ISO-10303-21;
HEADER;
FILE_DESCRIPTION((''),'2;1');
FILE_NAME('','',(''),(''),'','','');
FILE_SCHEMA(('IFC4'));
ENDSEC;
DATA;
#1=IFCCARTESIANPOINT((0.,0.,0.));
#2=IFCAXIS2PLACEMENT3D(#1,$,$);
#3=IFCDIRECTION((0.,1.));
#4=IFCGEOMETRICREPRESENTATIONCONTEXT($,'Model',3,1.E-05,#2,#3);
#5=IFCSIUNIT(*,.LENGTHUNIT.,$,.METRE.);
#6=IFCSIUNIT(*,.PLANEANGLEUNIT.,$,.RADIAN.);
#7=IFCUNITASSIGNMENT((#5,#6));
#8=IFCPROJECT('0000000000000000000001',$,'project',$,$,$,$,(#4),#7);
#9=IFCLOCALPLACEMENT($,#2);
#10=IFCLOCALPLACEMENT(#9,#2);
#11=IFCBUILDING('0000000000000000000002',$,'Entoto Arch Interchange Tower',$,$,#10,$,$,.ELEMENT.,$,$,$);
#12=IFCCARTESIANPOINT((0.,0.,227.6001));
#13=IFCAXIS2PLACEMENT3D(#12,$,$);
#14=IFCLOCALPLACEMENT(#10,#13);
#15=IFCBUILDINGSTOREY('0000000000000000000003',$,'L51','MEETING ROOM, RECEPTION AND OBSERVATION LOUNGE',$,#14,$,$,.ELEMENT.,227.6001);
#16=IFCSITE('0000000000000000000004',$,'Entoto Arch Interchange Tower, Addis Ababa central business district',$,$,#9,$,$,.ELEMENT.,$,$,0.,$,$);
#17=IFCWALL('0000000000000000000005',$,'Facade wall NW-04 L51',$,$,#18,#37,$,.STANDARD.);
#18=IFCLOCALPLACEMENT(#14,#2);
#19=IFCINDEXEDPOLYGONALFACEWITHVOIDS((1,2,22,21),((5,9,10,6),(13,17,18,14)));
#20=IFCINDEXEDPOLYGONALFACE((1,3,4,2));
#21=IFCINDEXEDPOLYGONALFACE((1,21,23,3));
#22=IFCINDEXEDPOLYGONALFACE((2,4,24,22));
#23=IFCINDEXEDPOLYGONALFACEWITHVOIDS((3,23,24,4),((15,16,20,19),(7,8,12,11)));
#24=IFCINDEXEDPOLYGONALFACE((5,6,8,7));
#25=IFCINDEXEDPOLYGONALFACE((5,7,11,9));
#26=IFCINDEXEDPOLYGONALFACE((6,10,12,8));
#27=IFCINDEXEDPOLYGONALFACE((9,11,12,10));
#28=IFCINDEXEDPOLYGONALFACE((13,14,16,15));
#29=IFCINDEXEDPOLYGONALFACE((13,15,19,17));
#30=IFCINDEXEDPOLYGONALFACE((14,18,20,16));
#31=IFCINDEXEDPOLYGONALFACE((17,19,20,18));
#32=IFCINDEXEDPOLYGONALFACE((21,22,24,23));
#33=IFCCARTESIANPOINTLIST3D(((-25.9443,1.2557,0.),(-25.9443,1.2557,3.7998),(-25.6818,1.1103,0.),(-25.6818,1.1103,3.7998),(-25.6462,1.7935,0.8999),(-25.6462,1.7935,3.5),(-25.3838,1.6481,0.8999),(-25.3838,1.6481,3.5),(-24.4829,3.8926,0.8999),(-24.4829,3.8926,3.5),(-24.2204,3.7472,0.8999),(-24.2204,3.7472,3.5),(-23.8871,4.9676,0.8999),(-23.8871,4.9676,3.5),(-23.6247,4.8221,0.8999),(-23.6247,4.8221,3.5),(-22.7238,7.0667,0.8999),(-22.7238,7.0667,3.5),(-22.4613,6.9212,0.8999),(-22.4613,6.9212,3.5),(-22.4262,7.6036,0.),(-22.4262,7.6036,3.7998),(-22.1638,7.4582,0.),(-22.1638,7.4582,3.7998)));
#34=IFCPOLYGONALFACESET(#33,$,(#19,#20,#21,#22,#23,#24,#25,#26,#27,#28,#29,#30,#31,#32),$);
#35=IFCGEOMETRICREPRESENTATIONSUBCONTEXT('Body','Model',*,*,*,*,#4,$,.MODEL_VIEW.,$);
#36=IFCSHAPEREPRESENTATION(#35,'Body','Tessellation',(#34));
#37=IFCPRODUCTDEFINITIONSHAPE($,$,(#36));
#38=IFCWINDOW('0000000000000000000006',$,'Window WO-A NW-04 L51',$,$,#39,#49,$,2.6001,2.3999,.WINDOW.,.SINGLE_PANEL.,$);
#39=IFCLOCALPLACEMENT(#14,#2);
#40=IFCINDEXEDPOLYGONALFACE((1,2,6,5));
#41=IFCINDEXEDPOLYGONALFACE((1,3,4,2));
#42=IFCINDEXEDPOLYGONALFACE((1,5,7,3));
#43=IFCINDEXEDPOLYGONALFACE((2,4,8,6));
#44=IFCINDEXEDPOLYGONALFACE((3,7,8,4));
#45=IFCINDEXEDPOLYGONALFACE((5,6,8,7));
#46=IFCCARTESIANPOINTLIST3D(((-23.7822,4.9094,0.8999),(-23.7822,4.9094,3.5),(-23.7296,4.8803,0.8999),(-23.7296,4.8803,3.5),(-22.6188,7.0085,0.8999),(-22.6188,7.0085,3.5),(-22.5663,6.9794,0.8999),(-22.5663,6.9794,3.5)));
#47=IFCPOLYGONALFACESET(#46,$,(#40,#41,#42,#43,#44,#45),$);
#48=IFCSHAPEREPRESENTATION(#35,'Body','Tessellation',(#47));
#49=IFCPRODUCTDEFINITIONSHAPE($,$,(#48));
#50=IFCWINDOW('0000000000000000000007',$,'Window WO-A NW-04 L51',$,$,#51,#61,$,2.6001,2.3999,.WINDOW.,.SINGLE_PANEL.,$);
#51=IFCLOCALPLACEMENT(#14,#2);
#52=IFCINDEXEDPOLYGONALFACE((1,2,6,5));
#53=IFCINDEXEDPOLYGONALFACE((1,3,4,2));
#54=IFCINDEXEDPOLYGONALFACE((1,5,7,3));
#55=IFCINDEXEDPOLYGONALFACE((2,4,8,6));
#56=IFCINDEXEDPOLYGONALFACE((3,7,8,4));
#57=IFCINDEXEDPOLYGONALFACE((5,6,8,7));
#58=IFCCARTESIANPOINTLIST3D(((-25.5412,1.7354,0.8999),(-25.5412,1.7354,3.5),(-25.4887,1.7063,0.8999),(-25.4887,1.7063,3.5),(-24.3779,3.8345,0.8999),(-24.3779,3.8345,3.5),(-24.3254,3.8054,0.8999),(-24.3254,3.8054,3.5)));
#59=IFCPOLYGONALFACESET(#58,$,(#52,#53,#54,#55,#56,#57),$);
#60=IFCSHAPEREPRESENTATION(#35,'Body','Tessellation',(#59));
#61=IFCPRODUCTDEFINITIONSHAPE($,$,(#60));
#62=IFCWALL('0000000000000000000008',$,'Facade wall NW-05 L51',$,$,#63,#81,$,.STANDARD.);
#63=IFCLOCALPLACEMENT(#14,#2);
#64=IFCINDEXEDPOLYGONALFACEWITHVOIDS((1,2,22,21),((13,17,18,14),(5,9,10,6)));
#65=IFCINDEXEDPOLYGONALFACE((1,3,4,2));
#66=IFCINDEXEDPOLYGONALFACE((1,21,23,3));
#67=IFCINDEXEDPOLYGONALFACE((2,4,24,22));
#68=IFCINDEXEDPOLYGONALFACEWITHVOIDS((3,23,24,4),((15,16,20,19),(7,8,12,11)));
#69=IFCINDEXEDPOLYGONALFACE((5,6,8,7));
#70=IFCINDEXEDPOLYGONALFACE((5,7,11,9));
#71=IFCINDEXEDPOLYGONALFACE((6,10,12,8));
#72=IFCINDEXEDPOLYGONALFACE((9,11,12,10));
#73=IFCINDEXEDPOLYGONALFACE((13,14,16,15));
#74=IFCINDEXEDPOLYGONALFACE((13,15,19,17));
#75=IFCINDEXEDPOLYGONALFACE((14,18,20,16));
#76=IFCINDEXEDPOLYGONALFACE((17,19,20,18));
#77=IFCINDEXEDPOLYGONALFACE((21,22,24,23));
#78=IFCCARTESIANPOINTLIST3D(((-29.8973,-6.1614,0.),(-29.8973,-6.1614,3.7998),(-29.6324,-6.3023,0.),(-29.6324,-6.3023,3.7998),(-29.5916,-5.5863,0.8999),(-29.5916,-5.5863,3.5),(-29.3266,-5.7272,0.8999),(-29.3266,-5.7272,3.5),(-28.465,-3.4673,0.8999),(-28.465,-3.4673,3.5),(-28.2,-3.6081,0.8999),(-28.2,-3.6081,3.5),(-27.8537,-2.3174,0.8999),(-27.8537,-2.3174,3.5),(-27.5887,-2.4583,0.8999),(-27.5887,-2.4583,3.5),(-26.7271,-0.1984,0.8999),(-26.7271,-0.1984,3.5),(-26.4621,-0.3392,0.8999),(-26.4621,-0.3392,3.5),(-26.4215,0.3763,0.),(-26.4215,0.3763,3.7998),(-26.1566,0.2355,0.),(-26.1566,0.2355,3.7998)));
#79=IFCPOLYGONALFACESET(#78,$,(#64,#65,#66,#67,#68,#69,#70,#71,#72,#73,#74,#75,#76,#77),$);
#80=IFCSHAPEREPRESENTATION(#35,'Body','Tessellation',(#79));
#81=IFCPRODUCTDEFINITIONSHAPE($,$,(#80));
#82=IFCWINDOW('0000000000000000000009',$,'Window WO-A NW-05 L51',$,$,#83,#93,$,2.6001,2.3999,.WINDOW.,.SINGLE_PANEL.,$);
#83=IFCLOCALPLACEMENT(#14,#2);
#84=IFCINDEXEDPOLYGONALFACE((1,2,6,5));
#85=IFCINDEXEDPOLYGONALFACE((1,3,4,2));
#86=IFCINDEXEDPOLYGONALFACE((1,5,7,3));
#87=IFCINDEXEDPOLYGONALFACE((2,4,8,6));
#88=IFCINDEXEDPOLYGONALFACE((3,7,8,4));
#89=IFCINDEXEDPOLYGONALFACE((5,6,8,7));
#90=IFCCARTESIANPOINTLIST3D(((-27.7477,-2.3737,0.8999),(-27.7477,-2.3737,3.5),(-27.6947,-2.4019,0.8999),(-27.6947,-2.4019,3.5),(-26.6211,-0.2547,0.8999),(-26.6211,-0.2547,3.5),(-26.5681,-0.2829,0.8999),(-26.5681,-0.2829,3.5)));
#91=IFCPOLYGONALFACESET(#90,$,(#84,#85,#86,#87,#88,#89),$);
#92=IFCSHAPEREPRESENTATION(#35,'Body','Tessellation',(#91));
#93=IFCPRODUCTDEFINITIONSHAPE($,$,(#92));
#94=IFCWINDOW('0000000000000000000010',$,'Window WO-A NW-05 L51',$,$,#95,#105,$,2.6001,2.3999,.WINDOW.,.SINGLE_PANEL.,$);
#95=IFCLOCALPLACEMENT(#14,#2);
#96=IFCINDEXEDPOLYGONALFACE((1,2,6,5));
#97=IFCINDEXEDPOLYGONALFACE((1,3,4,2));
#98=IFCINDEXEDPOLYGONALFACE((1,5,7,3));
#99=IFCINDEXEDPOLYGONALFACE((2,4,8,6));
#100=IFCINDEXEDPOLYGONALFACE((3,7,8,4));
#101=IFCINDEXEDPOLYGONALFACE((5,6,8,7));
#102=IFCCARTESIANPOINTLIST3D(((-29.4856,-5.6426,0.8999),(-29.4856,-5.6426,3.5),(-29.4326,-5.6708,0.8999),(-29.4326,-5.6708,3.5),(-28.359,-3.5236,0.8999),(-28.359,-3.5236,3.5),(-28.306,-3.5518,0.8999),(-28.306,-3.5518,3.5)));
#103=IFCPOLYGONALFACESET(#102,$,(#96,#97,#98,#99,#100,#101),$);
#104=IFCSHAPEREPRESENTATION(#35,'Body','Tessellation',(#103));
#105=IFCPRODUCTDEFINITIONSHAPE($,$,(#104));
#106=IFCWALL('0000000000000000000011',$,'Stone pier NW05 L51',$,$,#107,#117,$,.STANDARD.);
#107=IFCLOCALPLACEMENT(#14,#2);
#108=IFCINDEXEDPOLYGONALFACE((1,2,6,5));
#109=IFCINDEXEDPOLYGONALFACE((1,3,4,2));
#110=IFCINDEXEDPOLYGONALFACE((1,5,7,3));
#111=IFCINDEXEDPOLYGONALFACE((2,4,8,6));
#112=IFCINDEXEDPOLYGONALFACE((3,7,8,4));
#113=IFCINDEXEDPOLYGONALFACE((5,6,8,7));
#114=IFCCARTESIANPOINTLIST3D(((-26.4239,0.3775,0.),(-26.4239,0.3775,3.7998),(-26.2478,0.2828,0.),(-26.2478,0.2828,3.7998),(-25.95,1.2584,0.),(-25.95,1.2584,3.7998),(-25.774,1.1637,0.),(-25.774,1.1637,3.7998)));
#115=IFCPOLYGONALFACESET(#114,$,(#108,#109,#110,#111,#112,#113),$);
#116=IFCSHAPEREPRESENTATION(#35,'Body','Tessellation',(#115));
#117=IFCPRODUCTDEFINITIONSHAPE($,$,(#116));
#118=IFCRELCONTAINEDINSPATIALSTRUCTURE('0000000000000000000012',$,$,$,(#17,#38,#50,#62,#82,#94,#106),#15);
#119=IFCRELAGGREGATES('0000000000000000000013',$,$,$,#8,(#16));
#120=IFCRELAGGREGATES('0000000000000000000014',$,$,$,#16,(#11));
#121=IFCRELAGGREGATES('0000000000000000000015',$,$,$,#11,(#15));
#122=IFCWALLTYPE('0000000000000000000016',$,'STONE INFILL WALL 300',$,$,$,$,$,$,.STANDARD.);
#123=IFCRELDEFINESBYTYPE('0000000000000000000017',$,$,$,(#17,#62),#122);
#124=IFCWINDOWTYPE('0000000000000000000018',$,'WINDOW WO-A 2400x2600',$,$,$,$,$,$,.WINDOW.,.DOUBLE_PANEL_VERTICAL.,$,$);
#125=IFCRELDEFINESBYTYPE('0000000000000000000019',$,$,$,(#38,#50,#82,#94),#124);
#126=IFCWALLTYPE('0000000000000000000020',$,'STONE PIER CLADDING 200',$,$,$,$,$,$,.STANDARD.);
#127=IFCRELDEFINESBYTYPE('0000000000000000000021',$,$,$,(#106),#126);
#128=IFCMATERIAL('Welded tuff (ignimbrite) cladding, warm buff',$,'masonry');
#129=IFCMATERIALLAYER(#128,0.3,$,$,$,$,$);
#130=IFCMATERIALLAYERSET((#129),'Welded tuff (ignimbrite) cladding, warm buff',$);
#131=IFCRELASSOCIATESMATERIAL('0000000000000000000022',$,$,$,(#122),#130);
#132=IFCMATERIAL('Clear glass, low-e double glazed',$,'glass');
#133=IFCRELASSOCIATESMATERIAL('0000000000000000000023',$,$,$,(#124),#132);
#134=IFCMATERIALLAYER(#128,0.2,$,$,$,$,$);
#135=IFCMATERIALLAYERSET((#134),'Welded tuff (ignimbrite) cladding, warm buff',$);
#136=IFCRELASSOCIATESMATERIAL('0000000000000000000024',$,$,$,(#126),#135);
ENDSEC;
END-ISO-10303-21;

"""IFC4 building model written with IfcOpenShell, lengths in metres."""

from ifc_helpers import new_model, si_unit, direction, frame, frame_2d, origin, place, context, subcontext, project, spatial, rectangle, extrude, material, layer, layer_set, type_object, element, fill, save


model = new_model("IFC4")

# Units and contexts
model_context = context("Model", 3, precision=1e-05, world=origin(), true_north=direction((0.0, 1.0)))
body_context = subcontext(model_context, "Body", "Model", "MODEL_VIEW")
ifc_project = project(units=[si_unit("LENGTHUNIT", "METRE"), si_unit("PLANEANGLEUNIT", "RADIAN")], contexts=[model_context])

# Site, building, storey
site_placement = place(None, origin())
site = spatial("IfcSite", under=ifc_project, at=site_placement, Name="Entoto Arch Interchange Tower, Addis Ababa central business district", CompositionType="ELEMENT", RefElevation=0.0)
building_placement = place(site_placement, origin())
building = spatial("IfcBuilding", under=site, at=building_placement, Name="Entoto Arch Interchange Tower", CompositionType="ELEMENT")
storey_placement = place(building_placement, frame((0.0, 0.0, 227.6001)))
storey = spatial("IfcBuildingStorey", under=building, at=storey_placement, Name="L51", Description="MEETING ROOM, RECEPTION AND OBSERVATION LOUNGE", CompositionType="ELEMENT", Elevation=227.6001)

# Walls, openings, windows
ifc_material_1 = material(Name="Welded tuff (ignimbrite) cladding, warm buff", Category="masonry")
ifc_layer_1 = layer(ifc_material_1, 0.3)
ifc_layer_set_1 = layer_set([ifc_layer_1], Name="Welded tuff (ignimbrite) cladding, warm buff")
wall_type_1 = type_object("IfcWallType", Name="STONE INFILL WALL 300", PredefinedType="STANDARD", material=ifc_layer_set_1)
wall_1_placement = place(storey_placement, frame((-22.2949, 7.531, 0.0), z_axis=(0.0, 0.0, 1.0), x_axis=(-0.484743, -0.874657, 0.0)))
wall_1 = element("IfcWall", 1, at=wall_1_placement, inside=storey, type_object=wall_type_1, Name="Facade wall NW-04 L51", PredefinedType="STANDARD", context=body_context, shape_type="SweptSolid", body=[
    extrude(rectangle(XDim=7.2576, YDim=0.3, at=frame_2d((3.6289, 0.0))), origin(), (0.0, 0.0, 1.0), 3.7998),
])
opening_1_placement = place(wall_1_placement, frame((0.614, 0.0, 0.8999)))
opening_1 = element("IfcOpeningElement", 2, at=opening_1_placement, cuts=wall_1, PredefinedType="OPENING", context=body_context, shape_type="SweptSolid", body=[
    extrude(rectangle(XDim=2.3999, YDim=2.6001, at=frame_2d((1.2, 1.3))), frame((0.0, 0.1602, 0.0), z_axis=(0.0, -1.0, 0.0), x_axis=(1.0, 0.0, 0.0)), (0.0, 0.0, 1.0), 0.3201),
])
opening_2_placement = place(wall_1_placement, frame((4.2429, 0.0, 0.8999)))
opening_2 = element("IfcOpeningElement", 3, at=opening_2_placement, cuts=wall_1, PredefinedType="OPENING", context=body_context, shape_type="SweptSolid", body=[
    extrude(rectangle(XDim=2.3999, YDim=2.6001, at=frame_2d((1.2, 1.3))), frame((0.0, 0.1602, 0.0), z_axis=(0.0, -1.0, 0.0), x_axis=(1.0, 0.0, 0.0)), (0.0, 0.0, 1.0), 0.3201),
])
ifc_material_2 = material(Name="Clear glass, low-e double glazed", Category="glass")
window_type = type_object("IfcWindowType", Name="WINDOW WO-A 2400x2600", PartitioningType="DOUBLE_PANEL_VERTICAL", PredefinedType="WINDOW", material=ifc_material_2)
window_1_placement = place(opening_1_placement, origin())
window_1 = element("IfcWindow", 4, at=window_1_placement, inside=storey, type_object=window_type, Name="Window WO-A NW-04 L51", OverallHeight=2.6001, OverallWidth=2.3999, PartitioningType="SINGLE_PANEL", PredefinedType="WINDOW", context=body_context, shape_type="SweptSolid", body=[
    extrude(rectangle(XDim=2.3999, YDim=2.6001, at=frame_2d((1.2, 1.3))), frame((0.0, 0.03, 0.0), z_axis=(0.0, -1.0, 0.0), x_axis=(1.0, 0.0, 0.0)), (0.0, 0.0, 1.0), 0.0601),
])
fill(opening_1, window_1)
window_2_placement = place(opening_2_placement, origin())
window_2 = element("IfcWindow", 5, at=window_2_placement, inside=storey, type_object=window_type, Name="Window WO-A NW-04 L51", OverallHeight=2.6001, OverallWidth=2.3999, PartitioningType="SINGLE_PANEL", PredefinedType="WINDOW", context=body_context, shape_type="SweptSolid", body=[
    extrude(rectangle(XDim=2.3999, YDim=2.6001, at=frame_2d((1.2, 1.3))), frame((0.0, 0.03, 0.0), z_axis=(0.0, -1.0, 0.0), x_axis=(1.0, 0.0, 0.0)), (0.0, 0.0, 1.0), 0.0601),
])
fill(opening_2, window_2)
wall_2_placement = place(storey_placement, frame((-26.2891, 0.3059, 0.0), z_axis=(0.0, 0.0, 1.0), x_axis=(-0.469429, -0.88297, 0.0)))
wall_2 = element("IfcWall", 6, at=wall_2_placement, inside=storey, type_object=wall_type_1, Name="Facade wall NW-05 L51", PredefinedType="STANDARD", context=body_context, shape_type="SweptSolid", body=[
    extrude(rectangle(XDim=7.4043, YDim=0.3, at=frame_2d((3.7021, 0.0))), origin(), (0.0, 0.0, 1.0), 3.7998),
])
opening_3_placement = place(wall_2_placement, frame((0.6509, 0.0, 0.8999)))
opening_3 = element("IfcOpeningElement", 7, at=opening_3_placement, cuts=wall_2, PredefinedType="OPENING", context=body_context, shape_type="SweptSolid", body=[
    extrude(rectangle(XDim=2.3999, YDim=2.6001, at=frame_2d((1.2, 1.3))), frame((0.0, 0.1602, 0.0), z_axis=(0.0, -1.0, 0.0), x_axis=(1.0, 0.0, 0.0)), (0.0, 0.0, 1.0), 0.3201),
])
opening_4_placement = place(wall_2_placement, frame((4.353, 0.0, 0.8999)))
opening_4 = element("IfcOpeningElement", 8, at=opening_4_placement, cuts=wall_2, PredefinedType="OPENING", context=body_context, shape_type="SweptSolid", body=[
    extrude(rectangle(XDim=2.3999, YDim=2.6001, at=frame_2d((1.2, 1.3))), frame((0.0, 0.1602, 0.0), z_axis=(0.0, -1.0, 0.0), x_axis=(1.0, 0.0, 0.0)), (0.0, 0.0, 1.0), 0.3201),
])
window_3_placement = place(opening_3_placement, origin())
window_3 = element("IfcWindow", 9, at=window_3_placement, inside=storey, type_object=window_type, Name="Window WO-A NW-05 L51", OverallHeight=2.6001, OverallWidth=2.3999, PartitioningType="SINGLE_PANEL", PredefinedType="WINDOW", context=body_context, shape_type="SweptSolid", body=[
    extrude(rectangle(XDim=2.3999, YDim=2.6001, at=frame_2d((1.2, 1.3))), frame((0.0, 0.03, 0.0), z_axis=(0.0, -1.0, 0.0), x_axis=(1.0, 0.0, 0.0)), (0.0, 0.0, 1.0), 0.0601),
])
fill(opening_3, window_3)
window_4_placement = place(opening_4_placement, origin())
window_4 = element("IfcWindow", 10, at=window_4_placement, inside=storey, type_object=window_type, Name="Window WO-A NW-05 L51", OverallHeight=2.6001, OverallWidth=2.3999, PartitioningType="SINGLE_PANEL", PredefinedType="WINDOW", context=body_context, shape_type="SweptSolid", body=[
    extrude(rectangle(XDim=2.3999, YDim=2.6001, at=frame_2d((1.2, 1.3))), frame((0.0, 0.03, 0.0), z_axis=(0.0, -1.0, 0.0), x_axis=(1.0, 0.0, 0.0)), (0.0, 0.0, 1.0), 0.0601),
])
fill(opening_4, window_4)

# Wall
ifc_layer_2 = layer(ifc_material_1, 0.2)
ifc_layer_set_2 = layer_set([ifc_layer_2], Name="Welded tuff (ignimbrite) cladding, warm buff")
wall_type_2 = type_object("IfcWallType", Name="STONE PIER CLADDING 200", PredefinedType="STANDARD", material=ifc_layer_set_2)
wall_3_placement = place(storey_placement, frame((-25.8621, 1.2109, 0.0), z_axis=(0.0, 0.0, 1.0), x_axis=(-0.473765, -0.880651, 0.0)))
element("IfcWall", 11, at=wall_3_placement, inside=storey, type_object=wall_type_2, Name="Stone pier NW05 L51", PredefinedType="STANDARD", context=body_context, shape_type="SweptSolid", body=[
    extrude(rectangle(XDim=1.0002, YDim=0.2, at=frame_2d((0.5, 0.0))), origin(), (0.0, 0.0, 1.0), 3.7998),
])

save(model, "model.ifc")
